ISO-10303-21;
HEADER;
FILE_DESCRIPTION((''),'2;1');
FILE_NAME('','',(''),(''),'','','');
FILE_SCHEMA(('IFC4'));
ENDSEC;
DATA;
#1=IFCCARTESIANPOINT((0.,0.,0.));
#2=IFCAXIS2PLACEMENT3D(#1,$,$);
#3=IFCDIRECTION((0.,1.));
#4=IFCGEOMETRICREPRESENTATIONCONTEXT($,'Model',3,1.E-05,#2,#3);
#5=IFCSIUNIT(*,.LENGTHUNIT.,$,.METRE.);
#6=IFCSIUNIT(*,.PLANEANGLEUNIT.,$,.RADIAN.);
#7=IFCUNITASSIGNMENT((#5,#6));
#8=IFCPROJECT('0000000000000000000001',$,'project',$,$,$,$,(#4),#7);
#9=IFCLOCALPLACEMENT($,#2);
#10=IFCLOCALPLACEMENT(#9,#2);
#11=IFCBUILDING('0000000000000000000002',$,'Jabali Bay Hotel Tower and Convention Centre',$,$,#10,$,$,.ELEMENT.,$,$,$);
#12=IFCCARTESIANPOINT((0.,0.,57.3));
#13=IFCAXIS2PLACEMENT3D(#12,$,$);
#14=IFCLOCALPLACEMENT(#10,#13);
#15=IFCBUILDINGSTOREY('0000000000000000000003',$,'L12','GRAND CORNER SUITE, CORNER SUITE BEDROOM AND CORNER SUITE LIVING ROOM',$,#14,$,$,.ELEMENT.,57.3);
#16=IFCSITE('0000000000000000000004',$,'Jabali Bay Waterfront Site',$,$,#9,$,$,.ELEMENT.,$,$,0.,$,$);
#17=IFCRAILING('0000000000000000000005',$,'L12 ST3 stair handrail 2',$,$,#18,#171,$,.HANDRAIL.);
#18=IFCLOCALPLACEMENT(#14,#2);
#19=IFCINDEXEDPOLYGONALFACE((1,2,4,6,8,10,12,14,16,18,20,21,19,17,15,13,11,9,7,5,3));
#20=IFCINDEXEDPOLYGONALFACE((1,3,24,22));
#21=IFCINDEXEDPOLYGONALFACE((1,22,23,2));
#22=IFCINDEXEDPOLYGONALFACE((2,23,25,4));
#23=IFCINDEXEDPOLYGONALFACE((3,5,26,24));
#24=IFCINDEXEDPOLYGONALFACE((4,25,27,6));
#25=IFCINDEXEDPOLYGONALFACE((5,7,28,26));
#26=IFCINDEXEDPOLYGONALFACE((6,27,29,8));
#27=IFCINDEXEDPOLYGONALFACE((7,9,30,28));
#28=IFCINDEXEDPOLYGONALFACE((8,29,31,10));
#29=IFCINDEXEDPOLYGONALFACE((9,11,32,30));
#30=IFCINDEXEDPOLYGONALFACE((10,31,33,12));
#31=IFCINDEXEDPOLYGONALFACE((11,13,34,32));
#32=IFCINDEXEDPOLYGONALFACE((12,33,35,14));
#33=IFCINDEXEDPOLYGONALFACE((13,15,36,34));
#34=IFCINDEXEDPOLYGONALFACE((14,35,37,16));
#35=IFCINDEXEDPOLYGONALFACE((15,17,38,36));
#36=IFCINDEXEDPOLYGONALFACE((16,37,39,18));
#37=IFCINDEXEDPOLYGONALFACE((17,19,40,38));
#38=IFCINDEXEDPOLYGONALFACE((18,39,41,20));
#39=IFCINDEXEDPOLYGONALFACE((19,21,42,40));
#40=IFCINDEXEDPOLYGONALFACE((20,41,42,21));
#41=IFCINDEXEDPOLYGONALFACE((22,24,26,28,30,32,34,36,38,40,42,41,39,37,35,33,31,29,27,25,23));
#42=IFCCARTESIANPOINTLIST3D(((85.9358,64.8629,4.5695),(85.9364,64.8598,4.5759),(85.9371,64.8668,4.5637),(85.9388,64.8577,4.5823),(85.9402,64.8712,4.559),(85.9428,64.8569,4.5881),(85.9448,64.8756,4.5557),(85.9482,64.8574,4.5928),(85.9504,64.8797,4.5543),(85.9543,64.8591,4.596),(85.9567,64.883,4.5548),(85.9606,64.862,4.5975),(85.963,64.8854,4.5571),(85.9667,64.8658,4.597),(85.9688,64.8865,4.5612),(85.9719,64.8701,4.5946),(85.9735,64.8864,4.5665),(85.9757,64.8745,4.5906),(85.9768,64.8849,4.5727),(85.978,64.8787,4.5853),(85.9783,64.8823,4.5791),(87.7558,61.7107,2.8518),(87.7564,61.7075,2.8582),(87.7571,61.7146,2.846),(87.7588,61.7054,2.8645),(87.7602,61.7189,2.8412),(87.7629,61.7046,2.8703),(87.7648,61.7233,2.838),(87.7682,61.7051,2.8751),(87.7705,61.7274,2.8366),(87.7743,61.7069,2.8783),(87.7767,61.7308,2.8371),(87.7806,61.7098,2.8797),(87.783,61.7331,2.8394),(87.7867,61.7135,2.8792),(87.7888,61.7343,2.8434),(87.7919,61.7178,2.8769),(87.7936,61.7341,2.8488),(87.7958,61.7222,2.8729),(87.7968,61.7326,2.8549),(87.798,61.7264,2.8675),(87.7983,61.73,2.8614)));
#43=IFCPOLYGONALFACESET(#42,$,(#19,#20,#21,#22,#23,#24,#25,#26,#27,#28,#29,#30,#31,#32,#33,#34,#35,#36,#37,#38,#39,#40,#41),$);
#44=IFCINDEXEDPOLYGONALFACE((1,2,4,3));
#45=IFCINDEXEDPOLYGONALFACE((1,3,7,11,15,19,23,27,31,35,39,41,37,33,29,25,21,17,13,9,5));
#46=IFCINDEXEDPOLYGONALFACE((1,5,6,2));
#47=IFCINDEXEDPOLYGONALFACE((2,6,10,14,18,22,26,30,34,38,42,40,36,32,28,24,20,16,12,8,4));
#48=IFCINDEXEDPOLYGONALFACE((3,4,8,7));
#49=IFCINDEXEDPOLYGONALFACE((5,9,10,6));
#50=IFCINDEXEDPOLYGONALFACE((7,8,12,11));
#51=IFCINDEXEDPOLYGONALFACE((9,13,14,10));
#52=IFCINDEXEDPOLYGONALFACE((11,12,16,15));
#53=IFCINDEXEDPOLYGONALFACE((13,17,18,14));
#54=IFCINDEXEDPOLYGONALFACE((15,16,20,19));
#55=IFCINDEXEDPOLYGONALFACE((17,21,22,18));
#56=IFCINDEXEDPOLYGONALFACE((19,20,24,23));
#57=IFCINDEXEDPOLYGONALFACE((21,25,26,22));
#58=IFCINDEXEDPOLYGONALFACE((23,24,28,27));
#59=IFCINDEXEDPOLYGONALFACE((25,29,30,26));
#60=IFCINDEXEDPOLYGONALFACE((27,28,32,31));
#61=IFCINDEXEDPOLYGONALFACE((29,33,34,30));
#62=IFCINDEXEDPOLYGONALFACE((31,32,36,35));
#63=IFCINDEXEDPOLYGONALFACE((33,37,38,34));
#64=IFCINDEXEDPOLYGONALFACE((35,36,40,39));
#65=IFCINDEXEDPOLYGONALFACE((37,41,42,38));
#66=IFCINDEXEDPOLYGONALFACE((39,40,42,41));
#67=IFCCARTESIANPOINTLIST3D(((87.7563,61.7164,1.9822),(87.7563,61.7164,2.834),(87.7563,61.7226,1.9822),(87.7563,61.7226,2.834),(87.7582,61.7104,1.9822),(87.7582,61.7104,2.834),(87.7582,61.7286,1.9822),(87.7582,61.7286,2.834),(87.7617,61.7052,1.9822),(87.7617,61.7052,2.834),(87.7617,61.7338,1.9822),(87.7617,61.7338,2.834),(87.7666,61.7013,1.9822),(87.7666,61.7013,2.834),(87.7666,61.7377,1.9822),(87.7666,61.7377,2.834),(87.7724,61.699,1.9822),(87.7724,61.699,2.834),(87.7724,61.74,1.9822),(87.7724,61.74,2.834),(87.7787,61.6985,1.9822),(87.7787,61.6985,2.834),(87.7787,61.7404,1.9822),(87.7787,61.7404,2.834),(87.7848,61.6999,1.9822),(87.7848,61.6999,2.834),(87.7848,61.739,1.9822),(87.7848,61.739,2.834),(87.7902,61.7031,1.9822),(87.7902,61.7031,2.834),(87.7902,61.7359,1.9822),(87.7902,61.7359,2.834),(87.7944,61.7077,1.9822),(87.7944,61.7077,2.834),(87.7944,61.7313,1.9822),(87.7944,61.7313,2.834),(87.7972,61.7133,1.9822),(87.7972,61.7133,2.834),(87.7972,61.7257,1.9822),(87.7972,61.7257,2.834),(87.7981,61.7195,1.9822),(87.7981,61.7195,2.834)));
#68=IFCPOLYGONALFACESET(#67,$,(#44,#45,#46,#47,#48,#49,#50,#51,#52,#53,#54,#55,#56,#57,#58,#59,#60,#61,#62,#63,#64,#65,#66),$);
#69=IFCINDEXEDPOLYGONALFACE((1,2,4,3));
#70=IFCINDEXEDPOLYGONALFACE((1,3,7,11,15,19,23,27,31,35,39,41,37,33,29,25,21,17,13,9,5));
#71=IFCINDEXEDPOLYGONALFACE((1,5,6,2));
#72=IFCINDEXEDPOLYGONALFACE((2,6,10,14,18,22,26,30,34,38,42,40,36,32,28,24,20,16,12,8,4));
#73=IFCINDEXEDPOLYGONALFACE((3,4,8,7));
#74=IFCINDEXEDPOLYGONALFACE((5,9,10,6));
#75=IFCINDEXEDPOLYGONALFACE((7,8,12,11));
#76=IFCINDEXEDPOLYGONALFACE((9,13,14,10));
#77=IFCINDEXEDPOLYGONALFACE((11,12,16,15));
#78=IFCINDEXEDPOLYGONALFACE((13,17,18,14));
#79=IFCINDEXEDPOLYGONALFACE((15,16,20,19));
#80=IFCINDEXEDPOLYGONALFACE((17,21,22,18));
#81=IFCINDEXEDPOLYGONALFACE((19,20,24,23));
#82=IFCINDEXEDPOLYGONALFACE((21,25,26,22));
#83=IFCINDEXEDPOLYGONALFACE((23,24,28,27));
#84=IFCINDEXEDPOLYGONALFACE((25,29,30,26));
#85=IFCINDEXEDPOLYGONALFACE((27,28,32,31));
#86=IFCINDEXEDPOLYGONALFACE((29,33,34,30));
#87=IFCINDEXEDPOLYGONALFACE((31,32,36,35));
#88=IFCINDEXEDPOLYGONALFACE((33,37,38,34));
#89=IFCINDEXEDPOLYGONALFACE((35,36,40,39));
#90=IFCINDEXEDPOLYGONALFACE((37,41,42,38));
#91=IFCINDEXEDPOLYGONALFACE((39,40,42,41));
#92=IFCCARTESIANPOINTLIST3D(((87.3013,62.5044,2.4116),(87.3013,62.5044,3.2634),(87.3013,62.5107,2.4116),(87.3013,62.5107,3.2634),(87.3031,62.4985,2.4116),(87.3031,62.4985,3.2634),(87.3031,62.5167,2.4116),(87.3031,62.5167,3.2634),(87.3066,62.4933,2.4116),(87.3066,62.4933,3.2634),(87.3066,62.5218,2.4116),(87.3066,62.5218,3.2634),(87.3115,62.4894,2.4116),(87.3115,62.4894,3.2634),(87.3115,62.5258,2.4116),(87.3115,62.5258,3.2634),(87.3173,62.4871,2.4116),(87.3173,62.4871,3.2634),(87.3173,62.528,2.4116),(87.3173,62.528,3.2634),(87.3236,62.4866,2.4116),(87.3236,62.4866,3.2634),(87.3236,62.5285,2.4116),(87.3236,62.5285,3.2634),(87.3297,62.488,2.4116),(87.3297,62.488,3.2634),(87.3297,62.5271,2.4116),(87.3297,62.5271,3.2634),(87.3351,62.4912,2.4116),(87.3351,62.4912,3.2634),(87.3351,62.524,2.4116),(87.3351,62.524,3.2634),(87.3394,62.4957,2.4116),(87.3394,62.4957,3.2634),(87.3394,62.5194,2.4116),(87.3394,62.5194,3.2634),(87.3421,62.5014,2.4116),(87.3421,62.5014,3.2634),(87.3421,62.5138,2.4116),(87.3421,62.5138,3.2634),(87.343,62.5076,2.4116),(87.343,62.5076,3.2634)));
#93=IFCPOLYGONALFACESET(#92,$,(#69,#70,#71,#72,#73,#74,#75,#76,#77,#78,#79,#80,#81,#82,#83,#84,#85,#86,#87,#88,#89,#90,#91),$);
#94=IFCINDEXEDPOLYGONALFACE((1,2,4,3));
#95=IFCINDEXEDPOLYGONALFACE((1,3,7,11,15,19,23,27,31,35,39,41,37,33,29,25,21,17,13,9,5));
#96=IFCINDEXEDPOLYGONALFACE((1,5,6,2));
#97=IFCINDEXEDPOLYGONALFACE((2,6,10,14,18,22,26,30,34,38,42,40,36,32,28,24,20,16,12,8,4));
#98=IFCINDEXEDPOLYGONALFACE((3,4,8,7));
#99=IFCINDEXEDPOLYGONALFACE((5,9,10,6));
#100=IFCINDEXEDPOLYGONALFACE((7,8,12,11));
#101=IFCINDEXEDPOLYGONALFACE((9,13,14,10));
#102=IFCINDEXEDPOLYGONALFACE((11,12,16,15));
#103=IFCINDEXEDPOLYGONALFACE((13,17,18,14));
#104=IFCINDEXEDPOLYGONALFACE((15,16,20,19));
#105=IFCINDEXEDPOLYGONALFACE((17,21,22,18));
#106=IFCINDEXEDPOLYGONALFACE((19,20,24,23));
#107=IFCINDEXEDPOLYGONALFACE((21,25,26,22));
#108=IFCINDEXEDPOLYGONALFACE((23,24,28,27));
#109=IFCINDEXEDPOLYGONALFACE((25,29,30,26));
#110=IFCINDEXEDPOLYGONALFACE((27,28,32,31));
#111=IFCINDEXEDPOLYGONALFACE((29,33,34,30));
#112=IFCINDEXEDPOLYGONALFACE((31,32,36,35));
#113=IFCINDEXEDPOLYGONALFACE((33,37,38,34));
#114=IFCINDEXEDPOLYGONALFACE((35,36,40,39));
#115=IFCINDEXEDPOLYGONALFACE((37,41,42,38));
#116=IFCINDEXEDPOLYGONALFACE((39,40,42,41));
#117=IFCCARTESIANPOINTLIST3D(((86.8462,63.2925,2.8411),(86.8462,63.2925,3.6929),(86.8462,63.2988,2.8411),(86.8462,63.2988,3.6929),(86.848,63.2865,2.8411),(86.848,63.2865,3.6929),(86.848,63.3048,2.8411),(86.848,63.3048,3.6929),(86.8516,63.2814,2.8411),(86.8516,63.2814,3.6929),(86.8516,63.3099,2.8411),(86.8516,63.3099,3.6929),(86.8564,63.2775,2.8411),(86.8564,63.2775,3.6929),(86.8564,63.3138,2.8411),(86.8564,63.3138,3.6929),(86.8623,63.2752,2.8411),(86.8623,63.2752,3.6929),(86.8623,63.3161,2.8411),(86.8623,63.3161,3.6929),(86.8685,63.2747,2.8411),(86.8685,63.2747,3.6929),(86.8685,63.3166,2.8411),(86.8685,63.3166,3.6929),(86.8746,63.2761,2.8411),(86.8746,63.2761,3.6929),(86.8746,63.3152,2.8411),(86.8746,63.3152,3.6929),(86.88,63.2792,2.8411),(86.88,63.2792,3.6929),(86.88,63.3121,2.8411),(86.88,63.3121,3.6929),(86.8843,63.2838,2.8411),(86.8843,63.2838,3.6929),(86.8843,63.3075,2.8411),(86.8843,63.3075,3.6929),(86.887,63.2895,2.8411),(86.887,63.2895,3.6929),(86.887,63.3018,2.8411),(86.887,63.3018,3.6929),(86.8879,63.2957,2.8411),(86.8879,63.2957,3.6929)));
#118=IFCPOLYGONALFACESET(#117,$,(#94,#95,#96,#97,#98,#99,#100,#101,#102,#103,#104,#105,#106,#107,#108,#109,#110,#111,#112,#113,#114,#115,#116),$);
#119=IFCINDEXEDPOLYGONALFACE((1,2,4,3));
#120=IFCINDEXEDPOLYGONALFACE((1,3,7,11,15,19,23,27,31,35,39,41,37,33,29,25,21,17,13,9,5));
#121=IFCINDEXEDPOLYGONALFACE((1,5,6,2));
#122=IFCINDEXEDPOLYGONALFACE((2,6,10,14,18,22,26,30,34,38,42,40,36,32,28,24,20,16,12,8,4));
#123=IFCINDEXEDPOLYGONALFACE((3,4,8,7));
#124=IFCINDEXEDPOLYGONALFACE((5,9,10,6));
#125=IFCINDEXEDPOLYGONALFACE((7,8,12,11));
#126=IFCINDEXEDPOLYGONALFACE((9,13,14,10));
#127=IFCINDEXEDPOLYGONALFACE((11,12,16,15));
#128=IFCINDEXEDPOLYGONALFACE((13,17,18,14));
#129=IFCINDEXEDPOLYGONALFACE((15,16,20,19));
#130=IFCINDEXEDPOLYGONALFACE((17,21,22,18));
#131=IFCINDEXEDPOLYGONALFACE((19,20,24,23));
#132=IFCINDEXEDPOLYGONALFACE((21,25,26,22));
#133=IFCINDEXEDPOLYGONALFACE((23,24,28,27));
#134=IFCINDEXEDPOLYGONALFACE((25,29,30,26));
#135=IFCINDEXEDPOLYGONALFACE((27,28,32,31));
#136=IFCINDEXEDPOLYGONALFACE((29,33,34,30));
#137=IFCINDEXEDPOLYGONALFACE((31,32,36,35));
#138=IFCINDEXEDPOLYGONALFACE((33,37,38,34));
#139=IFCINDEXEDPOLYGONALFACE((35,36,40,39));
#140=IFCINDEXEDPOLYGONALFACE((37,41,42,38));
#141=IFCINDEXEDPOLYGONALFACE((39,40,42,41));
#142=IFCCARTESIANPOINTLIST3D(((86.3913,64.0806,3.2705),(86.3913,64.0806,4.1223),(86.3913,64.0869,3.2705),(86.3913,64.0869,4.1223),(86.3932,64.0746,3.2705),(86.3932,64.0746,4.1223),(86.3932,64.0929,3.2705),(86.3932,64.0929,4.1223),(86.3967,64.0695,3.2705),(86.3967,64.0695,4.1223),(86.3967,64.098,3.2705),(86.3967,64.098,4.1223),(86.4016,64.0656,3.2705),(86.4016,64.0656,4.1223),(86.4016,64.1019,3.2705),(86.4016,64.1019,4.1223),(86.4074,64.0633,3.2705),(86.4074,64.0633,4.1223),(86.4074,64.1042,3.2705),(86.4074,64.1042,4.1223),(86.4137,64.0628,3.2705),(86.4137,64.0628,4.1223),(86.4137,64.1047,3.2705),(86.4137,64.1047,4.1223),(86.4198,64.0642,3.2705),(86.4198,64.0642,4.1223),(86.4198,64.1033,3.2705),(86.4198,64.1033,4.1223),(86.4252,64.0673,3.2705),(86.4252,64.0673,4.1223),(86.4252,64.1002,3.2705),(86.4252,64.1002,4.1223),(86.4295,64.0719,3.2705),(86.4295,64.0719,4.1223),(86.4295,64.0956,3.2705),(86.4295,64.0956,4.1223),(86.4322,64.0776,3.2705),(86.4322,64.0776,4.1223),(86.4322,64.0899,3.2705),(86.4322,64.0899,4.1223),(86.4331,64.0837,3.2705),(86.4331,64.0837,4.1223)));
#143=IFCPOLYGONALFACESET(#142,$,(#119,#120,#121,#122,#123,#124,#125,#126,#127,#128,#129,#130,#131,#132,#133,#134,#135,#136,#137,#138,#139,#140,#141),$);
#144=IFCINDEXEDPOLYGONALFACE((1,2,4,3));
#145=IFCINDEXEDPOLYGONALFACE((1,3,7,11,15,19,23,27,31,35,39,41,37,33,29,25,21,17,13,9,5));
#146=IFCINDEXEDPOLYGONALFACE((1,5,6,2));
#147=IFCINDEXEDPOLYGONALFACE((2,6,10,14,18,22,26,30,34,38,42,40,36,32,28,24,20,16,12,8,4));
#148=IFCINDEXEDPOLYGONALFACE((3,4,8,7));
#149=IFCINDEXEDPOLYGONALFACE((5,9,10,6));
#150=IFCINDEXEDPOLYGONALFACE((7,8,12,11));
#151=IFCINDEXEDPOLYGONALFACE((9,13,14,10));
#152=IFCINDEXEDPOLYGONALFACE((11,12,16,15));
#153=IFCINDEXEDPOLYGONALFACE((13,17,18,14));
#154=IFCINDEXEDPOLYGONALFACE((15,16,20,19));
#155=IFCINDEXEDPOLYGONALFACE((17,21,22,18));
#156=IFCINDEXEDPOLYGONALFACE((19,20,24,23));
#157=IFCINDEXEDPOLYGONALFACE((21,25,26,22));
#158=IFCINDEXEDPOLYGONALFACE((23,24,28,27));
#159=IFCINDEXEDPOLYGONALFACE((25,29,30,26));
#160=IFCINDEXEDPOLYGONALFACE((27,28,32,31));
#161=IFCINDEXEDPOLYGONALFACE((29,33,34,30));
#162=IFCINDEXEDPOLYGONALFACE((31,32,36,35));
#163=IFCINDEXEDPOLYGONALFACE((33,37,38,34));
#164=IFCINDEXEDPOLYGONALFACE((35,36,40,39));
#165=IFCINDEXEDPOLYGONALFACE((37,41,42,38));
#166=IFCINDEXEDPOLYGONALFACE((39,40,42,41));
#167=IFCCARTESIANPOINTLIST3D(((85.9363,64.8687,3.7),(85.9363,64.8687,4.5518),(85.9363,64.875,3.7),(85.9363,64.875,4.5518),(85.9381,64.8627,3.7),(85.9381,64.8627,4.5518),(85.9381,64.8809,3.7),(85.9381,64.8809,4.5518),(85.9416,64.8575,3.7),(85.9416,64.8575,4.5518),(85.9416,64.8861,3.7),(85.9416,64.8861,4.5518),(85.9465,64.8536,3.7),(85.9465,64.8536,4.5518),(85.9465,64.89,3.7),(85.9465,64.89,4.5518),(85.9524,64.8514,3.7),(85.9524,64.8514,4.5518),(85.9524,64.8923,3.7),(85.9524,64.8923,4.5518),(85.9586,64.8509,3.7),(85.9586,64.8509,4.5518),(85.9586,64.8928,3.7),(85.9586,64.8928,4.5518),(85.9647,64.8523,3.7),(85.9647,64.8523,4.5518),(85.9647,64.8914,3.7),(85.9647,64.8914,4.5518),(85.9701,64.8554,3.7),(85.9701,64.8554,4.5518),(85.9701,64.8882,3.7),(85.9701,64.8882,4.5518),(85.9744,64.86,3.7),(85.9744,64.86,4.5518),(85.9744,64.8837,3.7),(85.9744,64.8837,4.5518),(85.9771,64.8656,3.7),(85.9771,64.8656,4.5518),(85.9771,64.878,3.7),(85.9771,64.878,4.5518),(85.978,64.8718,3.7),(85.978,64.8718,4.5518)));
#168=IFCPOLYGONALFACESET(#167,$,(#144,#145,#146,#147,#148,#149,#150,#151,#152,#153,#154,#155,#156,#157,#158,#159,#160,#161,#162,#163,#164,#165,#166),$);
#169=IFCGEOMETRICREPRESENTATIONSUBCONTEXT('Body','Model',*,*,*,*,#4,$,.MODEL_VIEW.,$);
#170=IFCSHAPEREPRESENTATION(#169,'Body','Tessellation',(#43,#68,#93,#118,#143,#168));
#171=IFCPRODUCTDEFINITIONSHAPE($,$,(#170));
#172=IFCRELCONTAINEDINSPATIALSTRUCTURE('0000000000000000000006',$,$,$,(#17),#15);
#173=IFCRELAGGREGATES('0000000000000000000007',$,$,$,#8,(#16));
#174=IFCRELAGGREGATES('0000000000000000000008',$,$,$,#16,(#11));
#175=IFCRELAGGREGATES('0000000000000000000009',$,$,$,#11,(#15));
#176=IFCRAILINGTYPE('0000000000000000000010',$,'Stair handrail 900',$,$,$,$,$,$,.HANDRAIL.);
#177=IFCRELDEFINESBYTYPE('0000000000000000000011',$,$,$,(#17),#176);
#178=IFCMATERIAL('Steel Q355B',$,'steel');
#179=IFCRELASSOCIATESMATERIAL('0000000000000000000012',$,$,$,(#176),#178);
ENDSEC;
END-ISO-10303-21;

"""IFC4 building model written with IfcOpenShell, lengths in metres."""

from ifc_helpers import new_model, si_unit, direction, frame, origin, origin_2d, place, context, subcontext, project, spatial, circle, extrude, material, type_object, element, save


model = new_model("IFC4")

# Units and contexts
model_context = context("Model", 3, precision=1e-05, world=origin(), true_north=direction((0.0, 1.0)))
body_context = subcontext(model_context, "Body", "Model", "MODEL_VIEW")
ifc_project = project(units=[si_unit("LENGTHUNIT", "METRE"), si_unit("PLANEANGLEUNIT", "RADIAN")], contexts=[model_context])

# Site, building, storey
site_placement = place(None, origin())
site = spatial("IfcSite", under=ifc_project, at=site_placement, Name="Jabali Bay Waterfront Site", CompositionType="ELEMENT", RefElevation=0.0)
building_placement = place(site_placement, origin())
building = spatial("IfcBuilding", under=site, at=building_placement, Name="Jabali Bay Hotel Tower and Convention Centre", CompositionType="ELEMENT")
storey_placement = place(building_placement, frame((0.0, 0.0, 57.3)))
storey = spatial("IfcBuildingStorey", under=building, at=storey_placement, Name="L12", Description="GRAND CORNER SUITE, CORNER SUITE BEDROOM AND CORNER SUITE LIVING ROOM", CompositionType="ELEMENT", Elevation=57.3)

# Railing
ifc_material_1 = material(Name="Steel Q355B", Category="steel")
railing_type_1 = type_object("IfcRailingType", Name="Stair handrail 900", PredefinedType="HANDRAIL", material=ifc_material_1)
railing_1_placement = place(storey_placement, frame((87.7771, 61.7195, 1.9822)))
element("IfcRailing", 1, at=railing_1_placement, inside=storey, type_object=railing_type_1, Name="L12 ST3 stair handrail 2", PredefinedType="HANDRAIL", context=body_context, shape_type="SweptSolid", body=[
    extrude(circle(Radius=0.0239, at=origin_2d()), frame((0.0, 0.0, 0.876), z_axis=(-0.45219, 0.78319, 0.426775), x_axis=(-0.866018, -0.500013, 0.0)), (0.0, 0.0, 1.0), 4.0249),
    extrude(circle(Radius=0.021, at=origin_2d()), origin(), (0.0, 0.0, 1.0), 0.8518),
    extrude(circle(Radius=0.021, at=origin_2d()), frame((-0.4551, 0.7881, 0.4294)), (0.0, 0.0, 1.0), 0.8518),
    extrude(circle(Radius=0.021, at=origin_2d()), frame((-0.9102, 1.5762, 0.8589)), (0.0, 0.0, 1.0), 0.8518),
    extrude(circle(Radius=0.021, at=origin_2d()), frame((-1.365, 2.3643, 1.2883)), (0.0, 0.0, 1.0), 0.8518),
    extrude(circle(Radius=0.021, at=origin_2d()), frame((-1.8201, 3.1523, 1.7178)), (0.0, 0.0, 1.0), 0.8518),
])

save(model, "model.ifc")
